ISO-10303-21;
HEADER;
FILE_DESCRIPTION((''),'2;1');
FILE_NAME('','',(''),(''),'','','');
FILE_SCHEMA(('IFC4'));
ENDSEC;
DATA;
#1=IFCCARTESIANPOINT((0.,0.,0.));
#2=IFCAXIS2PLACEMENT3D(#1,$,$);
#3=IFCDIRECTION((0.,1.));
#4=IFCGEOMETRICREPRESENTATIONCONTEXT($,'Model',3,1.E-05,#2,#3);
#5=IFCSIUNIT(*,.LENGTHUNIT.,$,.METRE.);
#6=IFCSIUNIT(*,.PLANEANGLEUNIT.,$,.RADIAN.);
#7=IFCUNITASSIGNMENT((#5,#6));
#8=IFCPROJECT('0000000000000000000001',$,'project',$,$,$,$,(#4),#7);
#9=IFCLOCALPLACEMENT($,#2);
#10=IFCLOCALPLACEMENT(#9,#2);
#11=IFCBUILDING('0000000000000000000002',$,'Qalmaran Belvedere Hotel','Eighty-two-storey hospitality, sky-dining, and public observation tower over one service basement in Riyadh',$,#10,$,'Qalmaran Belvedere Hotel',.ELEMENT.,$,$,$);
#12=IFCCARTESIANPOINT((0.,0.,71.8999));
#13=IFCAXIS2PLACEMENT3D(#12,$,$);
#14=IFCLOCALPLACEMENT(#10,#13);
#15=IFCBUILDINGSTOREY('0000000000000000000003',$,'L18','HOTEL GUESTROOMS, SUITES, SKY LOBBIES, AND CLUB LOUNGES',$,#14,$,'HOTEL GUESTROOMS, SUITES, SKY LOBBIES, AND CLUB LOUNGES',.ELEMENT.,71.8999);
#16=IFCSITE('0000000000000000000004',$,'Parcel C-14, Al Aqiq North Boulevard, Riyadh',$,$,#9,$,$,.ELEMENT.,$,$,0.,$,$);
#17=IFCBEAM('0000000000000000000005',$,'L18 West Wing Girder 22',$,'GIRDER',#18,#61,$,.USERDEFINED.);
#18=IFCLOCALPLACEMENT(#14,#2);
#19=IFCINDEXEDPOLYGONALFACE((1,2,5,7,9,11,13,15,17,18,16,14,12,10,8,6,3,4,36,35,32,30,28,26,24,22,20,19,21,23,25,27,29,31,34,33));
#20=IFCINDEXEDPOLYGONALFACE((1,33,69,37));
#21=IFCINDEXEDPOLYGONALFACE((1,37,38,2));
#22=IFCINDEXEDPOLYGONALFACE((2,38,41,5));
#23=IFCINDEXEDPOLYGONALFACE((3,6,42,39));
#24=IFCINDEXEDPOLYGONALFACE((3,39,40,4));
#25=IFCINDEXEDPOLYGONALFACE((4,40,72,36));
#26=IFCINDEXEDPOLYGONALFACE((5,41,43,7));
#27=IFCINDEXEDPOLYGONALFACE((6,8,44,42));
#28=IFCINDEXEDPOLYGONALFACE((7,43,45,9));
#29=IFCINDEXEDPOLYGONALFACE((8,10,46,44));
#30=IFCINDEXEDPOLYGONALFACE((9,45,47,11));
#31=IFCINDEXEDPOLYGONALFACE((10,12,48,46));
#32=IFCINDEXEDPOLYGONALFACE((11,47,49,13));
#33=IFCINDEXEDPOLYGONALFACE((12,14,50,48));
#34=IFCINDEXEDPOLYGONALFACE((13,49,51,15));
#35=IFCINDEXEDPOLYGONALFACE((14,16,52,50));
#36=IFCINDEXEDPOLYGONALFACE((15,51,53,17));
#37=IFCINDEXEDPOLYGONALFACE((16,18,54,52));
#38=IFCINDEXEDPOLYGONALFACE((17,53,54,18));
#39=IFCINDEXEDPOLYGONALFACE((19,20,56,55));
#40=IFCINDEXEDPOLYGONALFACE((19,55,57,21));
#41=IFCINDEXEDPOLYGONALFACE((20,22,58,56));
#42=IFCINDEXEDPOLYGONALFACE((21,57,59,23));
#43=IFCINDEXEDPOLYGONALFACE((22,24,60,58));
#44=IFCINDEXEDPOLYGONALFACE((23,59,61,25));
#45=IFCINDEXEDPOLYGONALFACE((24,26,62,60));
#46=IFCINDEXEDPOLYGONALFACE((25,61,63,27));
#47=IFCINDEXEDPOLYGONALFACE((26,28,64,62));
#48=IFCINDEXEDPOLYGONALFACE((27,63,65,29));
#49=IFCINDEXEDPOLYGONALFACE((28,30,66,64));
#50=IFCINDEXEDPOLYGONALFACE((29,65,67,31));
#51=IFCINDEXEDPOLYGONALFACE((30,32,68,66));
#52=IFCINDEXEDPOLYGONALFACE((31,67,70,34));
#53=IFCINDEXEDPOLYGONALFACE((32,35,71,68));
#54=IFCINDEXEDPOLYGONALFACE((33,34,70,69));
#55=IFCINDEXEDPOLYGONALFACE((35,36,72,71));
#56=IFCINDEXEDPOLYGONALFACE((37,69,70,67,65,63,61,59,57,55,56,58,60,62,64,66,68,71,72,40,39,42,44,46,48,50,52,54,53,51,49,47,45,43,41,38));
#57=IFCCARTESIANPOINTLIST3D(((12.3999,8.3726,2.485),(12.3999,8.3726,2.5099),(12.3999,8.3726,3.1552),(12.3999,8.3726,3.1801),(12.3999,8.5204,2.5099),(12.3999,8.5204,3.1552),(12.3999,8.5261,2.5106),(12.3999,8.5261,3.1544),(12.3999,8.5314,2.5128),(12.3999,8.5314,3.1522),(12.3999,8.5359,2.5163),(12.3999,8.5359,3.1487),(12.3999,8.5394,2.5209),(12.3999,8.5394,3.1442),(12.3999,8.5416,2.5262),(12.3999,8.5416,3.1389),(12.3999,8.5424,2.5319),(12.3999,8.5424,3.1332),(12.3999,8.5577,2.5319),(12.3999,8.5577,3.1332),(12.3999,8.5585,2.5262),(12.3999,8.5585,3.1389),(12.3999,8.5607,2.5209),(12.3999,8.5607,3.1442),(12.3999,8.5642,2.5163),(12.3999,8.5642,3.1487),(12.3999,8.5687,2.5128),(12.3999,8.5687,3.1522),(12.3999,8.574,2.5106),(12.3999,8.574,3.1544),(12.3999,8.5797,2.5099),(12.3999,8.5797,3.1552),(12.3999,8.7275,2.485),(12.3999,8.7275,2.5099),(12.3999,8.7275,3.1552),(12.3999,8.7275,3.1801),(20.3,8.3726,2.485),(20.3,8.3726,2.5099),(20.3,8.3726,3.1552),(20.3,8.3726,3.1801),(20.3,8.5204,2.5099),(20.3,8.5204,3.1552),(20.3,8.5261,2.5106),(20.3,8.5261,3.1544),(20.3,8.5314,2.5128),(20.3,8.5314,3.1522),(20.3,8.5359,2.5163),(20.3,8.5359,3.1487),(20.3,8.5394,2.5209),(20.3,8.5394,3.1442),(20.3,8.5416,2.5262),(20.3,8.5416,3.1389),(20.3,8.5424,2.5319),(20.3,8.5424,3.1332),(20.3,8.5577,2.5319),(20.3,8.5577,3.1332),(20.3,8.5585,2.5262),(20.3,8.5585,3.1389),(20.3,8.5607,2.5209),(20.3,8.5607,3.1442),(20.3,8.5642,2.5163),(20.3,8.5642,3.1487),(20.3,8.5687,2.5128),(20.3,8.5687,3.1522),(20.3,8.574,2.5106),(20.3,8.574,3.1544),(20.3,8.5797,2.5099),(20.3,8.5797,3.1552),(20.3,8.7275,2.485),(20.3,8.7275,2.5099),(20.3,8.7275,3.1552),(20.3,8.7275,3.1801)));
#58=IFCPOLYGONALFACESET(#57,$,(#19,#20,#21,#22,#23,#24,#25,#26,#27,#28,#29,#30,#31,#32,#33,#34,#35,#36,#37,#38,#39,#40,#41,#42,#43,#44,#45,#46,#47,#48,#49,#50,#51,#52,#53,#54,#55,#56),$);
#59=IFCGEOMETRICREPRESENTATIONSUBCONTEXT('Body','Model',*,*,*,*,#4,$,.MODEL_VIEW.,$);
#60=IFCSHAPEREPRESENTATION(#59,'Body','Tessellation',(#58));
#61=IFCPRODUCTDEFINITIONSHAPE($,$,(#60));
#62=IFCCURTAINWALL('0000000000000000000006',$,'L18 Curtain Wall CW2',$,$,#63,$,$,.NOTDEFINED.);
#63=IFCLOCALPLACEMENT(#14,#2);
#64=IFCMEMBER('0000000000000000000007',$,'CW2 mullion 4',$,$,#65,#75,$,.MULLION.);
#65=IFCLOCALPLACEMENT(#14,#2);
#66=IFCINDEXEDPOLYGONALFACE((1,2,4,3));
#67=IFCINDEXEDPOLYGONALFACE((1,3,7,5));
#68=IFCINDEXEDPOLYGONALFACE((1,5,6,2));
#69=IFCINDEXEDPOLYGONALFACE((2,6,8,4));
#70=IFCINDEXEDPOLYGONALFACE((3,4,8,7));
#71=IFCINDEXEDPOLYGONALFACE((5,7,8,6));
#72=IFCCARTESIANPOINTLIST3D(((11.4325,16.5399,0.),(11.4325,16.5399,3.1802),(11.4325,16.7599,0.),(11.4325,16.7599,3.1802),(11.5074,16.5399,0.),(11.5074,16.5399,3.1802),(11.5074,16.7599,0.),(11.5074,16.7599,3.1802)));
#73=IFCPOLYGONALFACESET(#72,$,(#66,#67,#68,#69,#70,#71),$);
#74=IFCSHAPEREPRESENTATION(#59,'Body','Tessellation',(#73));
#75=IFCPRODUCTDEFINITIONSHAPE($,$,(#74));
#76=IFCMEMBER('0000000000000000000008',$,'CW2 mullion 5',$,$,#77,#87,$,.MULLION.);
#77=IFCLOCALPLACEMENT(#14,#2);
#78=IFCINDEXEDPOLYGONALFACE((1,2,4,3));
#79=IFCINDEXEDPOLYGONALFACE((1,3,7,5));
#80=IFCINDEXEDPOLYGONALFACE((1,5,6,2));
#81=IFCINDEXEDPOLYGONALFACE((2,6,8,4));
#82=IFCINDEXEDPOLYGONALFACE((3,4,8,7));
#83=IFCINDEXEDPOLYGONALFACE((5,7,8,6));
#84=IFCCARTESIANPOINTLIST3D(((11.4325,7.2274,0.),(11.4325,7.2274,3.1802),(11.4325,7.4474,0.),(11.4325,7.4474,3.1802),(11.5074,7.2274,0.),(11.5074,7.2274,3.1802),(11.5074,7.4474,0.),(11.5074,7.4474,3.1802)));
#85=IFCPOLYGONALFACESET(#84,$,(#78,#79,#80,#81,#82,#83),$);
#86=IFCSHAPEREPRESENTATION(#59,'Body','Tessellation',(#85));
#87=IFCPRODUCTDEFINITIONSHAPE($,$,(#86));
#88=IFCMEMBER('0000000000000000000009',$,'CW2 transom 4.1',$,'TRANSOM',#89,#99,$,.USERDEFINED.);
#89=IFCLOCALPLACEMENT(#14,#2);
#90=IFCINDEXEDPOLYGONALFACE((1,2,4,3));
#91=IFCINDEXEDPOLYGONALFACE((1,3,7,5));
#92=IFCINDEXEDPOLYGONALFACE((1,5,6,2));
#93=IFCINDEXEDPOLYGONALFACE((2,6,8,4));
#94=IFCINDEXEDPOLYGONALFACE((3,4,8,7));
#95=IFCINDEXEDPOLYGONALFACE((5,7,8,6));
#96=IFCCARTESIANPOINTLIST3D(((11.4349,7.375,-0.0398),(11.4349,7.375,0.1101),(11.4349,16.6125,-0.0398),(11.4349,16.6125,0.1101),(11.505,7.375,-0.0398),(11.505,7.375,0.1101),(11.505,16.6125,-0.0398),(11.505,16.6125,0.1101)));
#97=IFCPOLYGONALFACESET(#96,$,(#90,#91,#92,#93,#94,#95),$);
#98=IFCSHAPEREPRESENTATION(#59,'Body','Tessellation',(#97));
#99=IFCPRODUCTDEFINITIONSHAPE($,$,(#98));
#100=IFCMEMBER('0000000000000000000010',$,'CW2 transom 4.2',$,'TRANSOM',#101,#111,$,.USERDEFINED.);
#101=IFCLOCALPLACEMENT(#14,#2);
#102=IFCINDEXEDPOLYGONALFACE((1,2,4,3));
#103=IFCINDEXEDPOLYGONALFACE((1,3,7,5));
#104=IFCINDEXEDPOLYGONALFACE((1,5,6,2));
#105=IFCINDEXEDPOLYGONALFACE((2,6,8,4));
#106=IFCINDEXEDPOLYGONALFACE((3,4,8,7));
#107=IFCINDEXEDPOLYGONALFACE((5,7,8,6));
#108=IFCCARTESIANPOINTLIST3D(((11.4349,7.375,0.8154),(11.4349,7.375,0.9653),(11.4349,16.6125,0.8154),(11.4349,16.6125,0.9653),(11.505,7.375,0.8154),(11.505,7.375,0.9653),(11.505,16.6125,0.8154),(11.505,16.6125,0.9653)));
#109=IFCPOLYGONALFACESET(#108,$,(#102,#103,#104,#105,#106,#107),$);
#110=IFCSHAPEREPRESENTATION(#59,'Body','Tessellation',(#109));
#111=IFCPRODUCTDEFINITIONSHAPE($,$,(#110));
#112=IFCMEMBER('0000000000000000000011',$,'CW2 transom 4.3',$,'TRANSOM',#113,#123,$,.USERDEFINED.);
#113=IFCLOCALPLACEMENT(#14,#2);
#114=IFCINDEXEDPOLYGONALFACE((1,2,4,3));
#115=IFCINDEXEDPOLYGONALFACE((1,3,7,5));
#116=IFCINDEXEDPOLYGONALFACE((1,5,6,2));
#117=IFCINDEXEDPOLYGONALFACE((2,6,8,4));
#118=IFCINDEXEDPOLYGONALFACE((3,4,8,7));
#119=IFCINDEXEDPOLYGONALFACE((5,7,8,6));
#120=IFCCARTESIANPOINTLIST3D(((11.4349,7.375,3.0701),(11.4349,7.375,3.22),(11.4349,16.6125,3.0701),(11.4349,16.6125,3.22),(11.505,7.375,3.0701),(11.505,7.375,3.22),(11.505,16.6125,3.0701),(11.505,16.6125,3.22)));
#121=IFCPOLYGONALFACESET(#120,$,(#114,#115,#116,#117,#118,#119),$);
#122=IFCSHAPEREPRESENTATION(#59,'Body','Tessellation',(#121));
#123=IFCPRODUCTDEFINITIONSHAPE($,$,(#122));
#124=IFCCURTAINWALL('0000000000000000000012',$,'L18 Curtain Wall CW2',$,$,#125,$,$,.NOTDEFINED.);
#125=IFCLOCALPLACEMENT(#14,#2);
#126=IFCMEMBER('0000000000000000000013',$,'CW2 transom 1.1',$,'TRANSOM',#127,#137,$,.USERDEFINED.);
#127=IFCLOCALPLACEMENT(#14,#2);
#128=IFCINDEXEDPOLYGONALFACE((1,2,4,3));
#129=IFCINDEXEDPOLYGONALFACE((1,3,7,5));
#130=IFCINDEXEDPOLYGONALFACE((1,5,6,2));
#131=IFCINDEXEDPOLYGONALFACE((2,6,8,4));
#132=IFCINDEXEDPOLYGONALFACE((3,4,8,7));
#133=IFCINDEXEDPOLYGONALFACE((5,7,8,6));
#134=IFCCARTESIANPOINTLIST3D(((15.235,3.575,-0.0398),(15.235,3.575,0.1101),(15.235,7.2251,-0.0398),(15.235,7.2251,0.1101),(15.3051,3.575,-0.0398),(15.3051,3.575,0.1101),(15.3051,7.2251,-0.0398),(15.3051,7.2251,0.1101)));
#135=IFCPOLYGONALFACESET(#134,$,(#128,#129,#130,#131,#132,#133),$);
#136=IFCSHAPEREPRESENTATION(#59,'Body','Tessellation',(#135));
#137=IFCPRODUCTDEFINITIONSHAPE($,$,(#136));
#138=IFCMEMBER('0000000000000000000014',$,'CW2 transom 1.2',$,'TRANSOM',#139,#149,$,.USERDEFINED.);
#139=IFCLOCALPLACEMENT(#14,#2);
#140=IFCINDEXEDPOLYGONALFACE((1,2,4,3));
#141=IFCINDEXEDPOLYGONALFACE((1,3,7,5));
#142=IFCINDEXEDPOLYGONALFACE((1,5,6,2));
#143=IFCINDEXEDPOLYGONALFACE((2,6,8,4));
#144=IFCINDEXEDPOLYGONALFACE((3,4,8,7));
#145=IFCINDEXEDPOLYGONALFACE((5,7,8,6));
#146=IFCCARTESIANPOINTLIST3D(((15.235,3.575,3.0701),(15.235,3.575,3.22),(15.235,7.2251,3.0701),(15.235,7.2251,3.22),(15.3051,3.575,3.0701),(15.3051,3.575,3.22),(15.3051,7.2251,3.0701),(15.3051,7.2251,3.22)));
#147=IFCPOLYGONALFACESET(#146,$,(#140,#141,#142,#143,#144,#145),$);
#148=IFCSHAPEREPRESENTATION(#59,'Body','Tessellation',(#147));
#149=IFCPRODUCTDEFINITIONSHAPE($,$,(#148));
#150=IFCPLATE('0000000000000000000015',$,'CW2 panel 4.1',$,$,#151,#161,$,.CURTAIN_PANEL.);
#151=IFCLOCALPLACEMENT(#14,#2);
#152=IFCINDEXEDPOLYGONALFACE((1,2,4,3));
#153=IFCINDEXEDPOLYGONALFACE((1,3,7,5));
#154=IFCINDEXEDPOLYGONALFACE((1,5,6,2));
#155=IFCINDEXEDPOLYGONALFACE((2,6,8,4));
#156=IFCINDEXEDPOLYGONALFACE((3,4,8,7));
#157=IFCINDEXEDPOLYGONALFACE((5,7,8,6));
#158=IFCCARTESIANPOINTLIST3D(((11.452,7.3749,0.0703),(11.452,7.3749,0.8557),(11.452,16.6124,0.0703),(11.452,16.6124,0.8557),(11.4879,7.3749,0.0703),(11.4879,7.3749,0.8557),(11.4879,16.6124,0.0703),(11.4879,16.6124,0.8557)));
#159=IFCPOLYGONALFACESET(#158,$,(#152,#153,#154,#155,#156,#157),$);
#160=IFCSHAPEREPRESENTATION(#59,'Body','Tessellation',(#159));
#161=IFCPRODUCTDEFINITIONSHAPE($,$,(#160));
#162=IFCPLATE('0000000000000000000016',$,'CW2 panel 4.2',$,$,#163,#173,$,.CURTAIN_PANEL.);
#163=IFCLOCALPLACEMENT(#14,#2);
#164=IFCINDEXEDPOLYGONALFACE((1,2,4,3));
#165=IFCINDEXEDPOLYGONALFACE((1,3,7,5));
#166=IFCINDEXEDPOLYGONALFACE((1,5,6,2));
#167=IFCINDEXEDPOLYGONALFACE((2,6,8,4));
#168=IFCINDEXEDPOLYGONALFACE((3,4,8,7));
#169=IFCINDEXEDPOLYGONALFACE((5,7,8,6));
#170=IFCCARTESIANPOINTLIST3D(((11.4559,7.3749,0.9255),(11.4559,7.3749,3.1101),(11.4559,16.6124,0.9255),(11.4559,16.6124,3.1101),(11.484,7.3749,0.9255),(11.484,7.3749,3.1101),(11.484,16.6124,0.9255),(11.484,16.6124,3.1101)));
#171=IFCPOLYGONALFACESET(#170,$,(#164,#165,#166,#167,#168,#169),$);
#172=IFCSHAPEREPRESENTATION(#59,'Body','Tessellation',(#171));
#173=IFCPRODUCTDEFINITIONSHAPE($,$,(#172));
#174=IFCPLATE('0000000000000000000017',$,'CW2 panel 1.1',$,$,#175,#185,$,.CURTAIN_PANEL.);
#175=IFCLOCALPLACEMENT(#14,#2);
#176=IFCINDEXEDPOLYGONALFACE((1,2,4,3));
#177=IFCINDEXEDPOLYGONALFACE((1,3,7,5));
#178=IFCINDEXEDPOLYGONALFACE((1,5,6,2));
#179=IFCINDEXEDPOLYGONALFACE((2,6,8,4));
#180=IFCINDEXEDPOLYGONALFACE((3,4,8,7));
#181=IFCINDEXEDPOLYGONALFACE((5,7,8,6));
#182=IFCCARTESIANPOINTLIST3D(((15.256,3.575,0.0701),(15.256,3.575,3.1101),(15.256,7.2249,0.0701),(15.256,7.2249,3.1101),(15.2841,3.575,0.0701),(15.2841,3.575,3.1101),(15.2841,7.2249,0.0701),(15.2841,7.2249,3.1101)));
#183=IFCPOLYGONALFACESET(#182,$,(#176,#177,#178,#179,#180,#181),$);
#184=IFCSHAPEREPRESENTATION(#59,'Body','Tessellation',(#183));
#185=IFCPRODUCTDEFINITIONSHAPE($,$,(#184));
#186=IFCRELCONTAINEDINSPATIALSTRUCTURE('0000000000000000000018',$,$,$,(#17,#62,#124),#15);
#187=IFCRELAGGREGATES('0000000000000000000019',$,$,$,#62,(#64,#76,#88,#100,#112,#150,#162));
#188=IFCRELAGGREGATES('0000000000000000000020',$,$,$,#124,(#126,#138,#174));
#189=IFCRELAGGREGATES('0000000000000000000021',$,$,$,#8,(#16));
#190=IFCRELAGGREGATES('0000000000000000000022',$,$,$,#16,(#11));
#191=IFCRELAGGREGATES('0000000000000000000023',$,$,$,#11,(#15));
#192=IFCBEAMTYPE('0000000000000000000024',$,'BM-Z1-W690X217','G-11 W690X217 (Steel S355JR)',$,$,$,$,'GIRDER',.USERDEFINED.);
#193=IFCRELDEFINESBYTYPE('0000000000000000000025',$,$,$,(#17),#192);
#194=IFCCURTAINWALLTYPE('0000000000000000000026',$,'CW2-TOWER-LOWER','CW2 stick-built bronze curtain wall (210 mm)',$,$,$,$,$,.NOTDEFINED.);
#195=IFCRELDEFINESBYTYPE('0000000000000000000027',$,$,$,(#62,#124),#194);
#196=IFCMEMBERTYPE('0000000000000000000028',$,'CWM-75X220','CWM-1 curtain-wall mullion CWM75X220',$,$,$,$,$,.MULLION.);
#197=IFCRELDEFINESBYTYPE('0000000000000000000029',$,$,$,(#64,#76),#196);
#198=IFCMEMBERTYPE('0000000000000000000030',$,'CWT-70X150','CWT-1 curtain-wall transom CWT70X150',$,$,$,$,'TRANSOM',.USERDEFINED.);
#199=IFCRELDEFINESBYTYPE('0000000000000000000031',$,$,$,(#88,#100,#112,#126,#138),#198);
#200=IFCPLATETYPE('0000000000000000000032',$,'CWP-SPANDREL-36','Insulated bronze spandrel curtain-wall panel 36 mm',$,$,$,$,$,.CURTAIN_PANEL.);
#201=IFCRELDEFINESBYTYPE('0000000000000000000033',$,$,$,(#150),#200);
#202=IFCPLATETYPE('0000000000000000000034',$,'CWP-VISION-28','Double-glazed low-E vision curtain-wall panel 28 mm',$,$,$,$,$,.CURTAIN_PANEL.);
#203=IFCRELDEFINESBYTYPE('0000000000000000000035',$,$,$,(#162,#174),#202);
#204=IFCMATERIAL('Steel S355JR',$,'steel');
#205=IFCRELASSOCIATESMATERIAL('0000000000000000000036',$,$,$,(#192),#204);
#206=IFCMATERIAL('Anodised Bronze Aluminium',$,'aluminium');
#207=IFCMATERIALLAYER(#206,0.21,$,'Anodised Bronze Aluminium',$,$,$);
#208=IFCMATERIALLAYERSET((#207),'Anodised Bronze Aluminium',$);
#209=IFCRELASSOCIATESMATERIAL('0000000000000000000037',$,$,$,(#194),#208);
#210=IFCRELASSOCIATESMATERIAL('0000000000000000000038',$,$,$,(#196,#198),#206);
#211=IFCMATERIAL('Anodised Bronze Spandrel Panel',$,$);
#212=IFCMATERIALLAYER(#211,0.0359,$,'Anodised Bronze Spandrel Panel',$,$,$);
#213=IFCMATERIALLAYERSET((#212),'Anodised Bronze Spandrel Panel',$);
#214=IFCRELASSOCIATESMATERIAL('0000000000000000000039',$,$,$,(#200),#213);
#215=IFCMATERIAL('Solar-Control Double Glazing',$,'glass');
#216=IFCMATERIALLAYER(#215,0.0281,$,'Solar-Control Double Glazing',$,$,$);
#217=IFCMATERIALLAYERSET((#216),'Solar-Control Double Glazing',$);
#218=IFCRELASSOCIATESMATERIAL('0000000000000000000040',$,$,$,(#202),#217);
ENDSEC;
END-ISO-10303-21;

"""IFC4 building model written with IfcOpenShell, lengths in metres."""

from ifc_helpers import new_model, si_unit, direction, frame, origin, origin_2d, place, context, subcontext, project, spatial, rectangle, i_section, extrude, material, layer, layer_set, material_profile, profile_set, type_object, element, aggregate, save


model = new_model("IFC4")

# Units and contexts
model_context = context("Model", 3, precision=1e-05, world=origin(), true_north=direction((0.0, 1.0)))
body_context = subcontext(model_context, "Body", "Model", "MODEL_VIEW")
ifc_project = project(units=[si_unit("LENGTHUNIT", "METRE"), si_unit("PLANEANGLEUNIT", "RADIAN")], contexts=[model_context])

# Site, building, storey
site_placement = place(None, origin())
site = spatial("IfcSite", under=ifc_project, at=site_placement, Name="Parcel C-14, Al Aqiq North Boulevard, Riyadh", CompositionType="ELEMENT", RefElevation=0.0)
building_placement = place(site_placement, origin())
building = spatial("IfcBuilding", under=site, at=building_placement, Name="Qalmaran Belvedere Hotel", Description="Eighty-two-storey hospitality, sky-dining, and public observation tower over one service basement in Riyadh", LongName="Qalmaran Belvedere Hotel", CompositionType="ELEMENT")
storey_placement = place(building_placement, frame((0.0, 0.0, 71.8999)))
storey = spatial("IfcBuildingStorey", under=building, at=storey_placement, Name="L18", Description="HOTEL GUESTROOMS, SUITES, SKY LOBBIES, AND CLUB LOUNGES", LongName="HOTEL GUESTROOMS, SUITES, SKY LOBBIES, AND CLUB LOUNGES", CompositionType="ELEMENT", Elevation=71.8999)

# Beam
ifc_material_1 = material(Name="Steel S355JR", Category="steel")
ifc_material_profile_1 = material_profile(ifc_material_1, i_section(OverallWidth=0.355, OverallDepth=0.6951, WebThickness=0.0154, FlangeThickness=0.0249, FilletRadius=0.022, at=origin_2d()), Name="W690X217")
ifc_profile_set_1 = profile_set([ifc_material_profile_1], Name="Steel S355JR")
beam_type_1 = type_object("IfcBeamType", Name="BM-Z1-W690X217", Description="G-11 W690X217 (Steel S355JR)", ElementType="GIRDER", PredefinedType="USERDEFINED", material=ifc_profile_set_1)
beam_1_placement = place(storey_placement, frame((12.3999, 8.55, 2.8325), z_axis=(1.0, 0.0, 0.0), x_axis=(0.0, 1.0, 0.0)))
element("IfcBeam", 1, at=beam_1_placement, inside=storey, type_object=beam_type_1, Name="L18 West Wing Girder 22", ObjectType="GIRDER", PredefinedType="USERDEFINED", context=body_context, shape_type="SweptSolid", body=[
    extrude(i_section(OverallWidth=0.355, OverallDepth=0.6951, WebThickness=0.0154, FlangeThickness=0.0249, FilletRadius=0.022, at=origin_2d()), origin(), (0.0, 0.0, 1.0), 7.9001),
])

# Curtain walls, members
ifc_material_2 = material(Name="Anodised Bronze Aluminium", Category="aluminium")
ifc_layer_1 = layer(ifc_material_2, 0.21, Name="Anodised Bronze Aluminium")
ifc_layer_set_1 = layer_set([ifc_layer_1], Name="Anodised Bronze Aluminium")
curtain_wall_type = type_object("IfcCurtainWallType", Name="CW2-TOWER-LOWER", Description="CW2 stick-built bronze curtain wall (210 mm)", PredefinedType="NOTDEFINED", material=ifc_layer_set_1)
curtain_wall_1_placement = place(storey_placement, origin())
curtain_wall_1 = element("IfcCurtainWall", 2, at=curtain_wall_1_placement, inside=storey, type_object=curtain_wall_type, Name="L18 Curtain Wall CW2", PredefinedType="NOTDEFINED")
ifc_material_profile_2 = material_profile(ifc_material_2, rectangle(XDim=0.075, YDim=0.22, at=origin_2d()), Name="CWM75X220")
ifc_profile_set_2 = profile_set([ifc_material_profile_2], Name="Anodised Bronze Aluminium")
member_type_1 = type_object("IfcMemberType", Name="CWM-75X220", Description="CWM-1 curtain-wall mullion CWM75X220", PredefinedType="MULLION", material=ifc_profile_set_2)
member_1_placement = place(storey_placement, frame((11.47, 16.6499, 0.0), z_axis=(0.0, 0.0, 1.0), x_axis=(1.0, 0.0, 0.0)))
member_1 = element("IfcMember", 3, at=member_1_placement, type_object=member_type_1, Name="CW2 mullion 4", PredefinedType="MULLION", context=body_context, shape_type="SweptSolid", body=[
    extrude(rectangle(XDim=0.075, YDim=0.22, at=origin_2d()), origin(), (0.0, 0.0, 1.0), 3.1802),
])
member_2_placement = place(storey_placement, frame((11.47, 7.3374, 0.0), z_axis=(0.0, 0.0, 1.0), x_axis=(1.0, 0.0, 0.0)))
member_2 = element("IfcMember", 4, at=member_2_placement, type_object=member_type_1, Name="CW2 mullion 5", PredefinedType="MULLION", context=body_context, shape_type="SweptSolid", body=[
    extrude(rectangle(XDim=0.075, YDim=0.22, at=origin_2d()), origin(), (0.0, 0.0, 1.0), 3.1802),
])
ifc_material_profile_3 = material_profile(ifc_material_2, rectangle(XDim=0.0701, YDim=0.1499, at=origin_2d()), Name="CWT70X150")
ifc_profile_set_3 = profile_set([ifc_material_profile_3], Name="Anodised Bronze Aluminium")
member_type_2 = type_object("IfcMemberType", Name="CWT-70X150", Description="CWT-1 curtain-wall transom CWT70X150", ElementType="TRANSOM", PredefinedType="USERDEFINED", material=ifc_profile_set_3)
member_3_placement = place(storey_placement, frame((11.47, 16.6125, 0.0352), z_axis=(0.0, -1.0, 0.0), x_axis=(1.0, 0.0, 0.0)))
member_3 = element("IfcMember", 5, at=member_3_placement, type_object=member_type_2, Name="CW2 transom 4.1", ObjectType="TRANSOM", PredefinedType="USERDEFINED", context=body_context, shape_type="SweptSolid", body=[
    extrude(rectangle(XDim=0.0701, YDim=0.1499, at=origin_2d()), origin(), (0.0, 0.0, 1.0), 9.2375),
])
member_4_placement = place(storey_placement, frame((11.47, 16.6125, 0.8904), z_axis=(0.0, -1.0, 0.0), x_axis=(1.0, 0.0, 0.0)))
member_4 = element("IfcMember", 6, at=member_4_placement, type_object=member_type_2, Name="CW2 transom 4.2", ObjectType="TRANSOM", PredefinedType="USERDEFINED", context=body_context, shape_type="SweptSolid", body=[
    extrude(rectangle(XDim=0.0701, YDim=0.1499, at=origin_2d()), origin(), (0.0, 0.0, 1.0), 9.2375),
])
member_5_placement = place(storey_placement, frame((11.47, 16.6125, 3.145), z_axis=(0.0, -1.0, 0.0), x_axis=(1.0, 0.0, 0.0)))
member_5 = element("IfcMember", 7, at=member_5_placement, type_object=member_type_2, Name="CW2 transom 4.3", ObjectType="TRANSOM", PredefinedType="USERDEFINED", context=body_context, shape_type="SweptSolid", body=[
    extrude(rectangle(XDim=0.0701, YDim=0.1499, at=origin_2d()), origin(), (0.0, 0.0, 1.0), 9.2375),
])
curtain_wall_2_placement = place(storey_placement, origin())
curtain_wall_2 = element("IfcCurtainWall", 8, at=curtain_wall_2_placement, inside=storey, type_object=curtain_wall_type, Name="L18 Curtain Wall CW2", PredefinedType="NOTDEFINED")
member_6_placement = place(storey_placement, frame((15.27, 7.2251, 0.0352), z_axis=(0.0, -1.0, 0.0), x_axis=(1.0, 0.0, 0.0)))
member_6 = element("IfcMember", 9, at=member_6_placement, type_object=member_type_2, Name="CW2 transom 1.1", ObjectType="TRANSOM", PredefinedType="USERDEFINED", context=body_context, shape_type="SweptSolid", body=[
    extrude(rectangle(XDim=0.0701, YDim=0.1499, at=origin_2d()), origin(), (0.0, 0.0, 1.0), 3.6501),
])
member_7_placement = place(storey_placement, frame((15.27, 7.2251, 3.145), z_axis=(0.0, -1.0, 0.0), x_axis=(1.0, 0.0, 0.0)))
member_7 = element("IfcMember", 10, at=member_7_placement, type_object=member_type_2, Name="CW2 transom 1.2", ObjectType="TRANSOM", PredefinedType="USERDEFINED", context=body_context, shape_type="SweptSolid", body=[
    extrude(rectangle(XDim=0.0701, YDim=0.1499, at=origin_2d()), origin(), (0.0, 0.0, 1.0), 3.6501),
])

# Plates
ifc_material_3 = material(Name="Anodised Bronze Spandrel Panel")
ifc_layer_2 = layer(ifc_material_3, 0.0359, Name="Anodised Bronze Spandrel Panel")
ifc_layer_set_2 = layer_set([ifc_layer_2], Name="Anodised Bronze Spandrel Panel")
plate_type_1 = type_object("IfcPlateType", Name="CWP-SPANDREL-36", Description="Insulated bronze spandrel curtain-wall panel 36 mm", PredefinedType="CURTAIN_PANEL", material=ifc_layer_set_2)
plate_1_placement = place(storey_placement, frame((11.47, 11.9937, 0.0703), z_axis=(0.0, 0.0, 1.0), x_axis=(0.0, -1.0, 0.0)))
plate_1 = element("IfcPlate", 11, at=plate_1_placement, type_object=plate_type_1, Name="CW2 panel 4.1", PredefinedType="CURTAIN_PANEL", context=body_context, shape_type="SweptSolid", body=[
    extrude(rectangle(XDim=9.2375, YDim=0.0359, at=origin_2d()), origin(), (0.0, 0.0, 1.0), 0.7854),
])
ifc_material_4 = material(Name="Solar-Control Double Glazing", Category="glass")
ifc_layer_3 = layer(ifc_material_4, 0.0281, Name="Solar-Control Double Glazing")
ifc_layer_set_3 = layer_set([ifc_layer_3], Name="Solar-Control Double Glazing")
plate_type_2 = type_object("IfcPlateType", Name="CWP-VISION-28", Description="Double-glazed low-E vision curtain-wall panel 28 mm", PredefinedType="CURTAIN_PANEL", material=ifc_layer_set_3)
plate_2_placement = place(storey_placement, frame((11.47, 11.9937, 0.9255), z_axis=(0.0, 0.0, 1.0), x_axis=(0.0, -1.0, 0.0)))
plate_2 = element("IfcPlate", 12, at=plate_2_placement, type_object=plate_type_2, Name="CW2 panel 4.2", PredefinedType="CURTAIN_PANEL", context=body_context, shape_type="SweptSolid", body=[
    extrude(rectangle(XDim=9.2375, YDim=0.0281, at=origin_2d()), origin(), (0.0, 0.0, 1.0), 2.1846),
])
aggregate(curtain_wall_1, [member_1, member_2, member_3, member_4, member_5, plate_1, plate_2])
plate_3_placement = place(storey_placement, frame((15.27, 5.3999, 0.0701), z_axis=(0.0, 0.0, 1.0), x_axis=(0.0, -1.0, 0.0)))
plate_3 = element("IfcPlate", 13, at=plate_3_placement, type_object=plate_type_2, Name="CW2 panel 1.1", PredefinedType="CURTAIN_PANEL", context=body_context, shape_type="SweptSolid", body=[
    extrude(rectangle(XDim=3.6499, YDim=0.0281, at=origin_2d()), origin(), (0.0, 0.0, 1.0), 3.04),
])
aggregate(curtain_wall_2, [member_6, member_7, plate_3])

save(model, "model.ifc")
